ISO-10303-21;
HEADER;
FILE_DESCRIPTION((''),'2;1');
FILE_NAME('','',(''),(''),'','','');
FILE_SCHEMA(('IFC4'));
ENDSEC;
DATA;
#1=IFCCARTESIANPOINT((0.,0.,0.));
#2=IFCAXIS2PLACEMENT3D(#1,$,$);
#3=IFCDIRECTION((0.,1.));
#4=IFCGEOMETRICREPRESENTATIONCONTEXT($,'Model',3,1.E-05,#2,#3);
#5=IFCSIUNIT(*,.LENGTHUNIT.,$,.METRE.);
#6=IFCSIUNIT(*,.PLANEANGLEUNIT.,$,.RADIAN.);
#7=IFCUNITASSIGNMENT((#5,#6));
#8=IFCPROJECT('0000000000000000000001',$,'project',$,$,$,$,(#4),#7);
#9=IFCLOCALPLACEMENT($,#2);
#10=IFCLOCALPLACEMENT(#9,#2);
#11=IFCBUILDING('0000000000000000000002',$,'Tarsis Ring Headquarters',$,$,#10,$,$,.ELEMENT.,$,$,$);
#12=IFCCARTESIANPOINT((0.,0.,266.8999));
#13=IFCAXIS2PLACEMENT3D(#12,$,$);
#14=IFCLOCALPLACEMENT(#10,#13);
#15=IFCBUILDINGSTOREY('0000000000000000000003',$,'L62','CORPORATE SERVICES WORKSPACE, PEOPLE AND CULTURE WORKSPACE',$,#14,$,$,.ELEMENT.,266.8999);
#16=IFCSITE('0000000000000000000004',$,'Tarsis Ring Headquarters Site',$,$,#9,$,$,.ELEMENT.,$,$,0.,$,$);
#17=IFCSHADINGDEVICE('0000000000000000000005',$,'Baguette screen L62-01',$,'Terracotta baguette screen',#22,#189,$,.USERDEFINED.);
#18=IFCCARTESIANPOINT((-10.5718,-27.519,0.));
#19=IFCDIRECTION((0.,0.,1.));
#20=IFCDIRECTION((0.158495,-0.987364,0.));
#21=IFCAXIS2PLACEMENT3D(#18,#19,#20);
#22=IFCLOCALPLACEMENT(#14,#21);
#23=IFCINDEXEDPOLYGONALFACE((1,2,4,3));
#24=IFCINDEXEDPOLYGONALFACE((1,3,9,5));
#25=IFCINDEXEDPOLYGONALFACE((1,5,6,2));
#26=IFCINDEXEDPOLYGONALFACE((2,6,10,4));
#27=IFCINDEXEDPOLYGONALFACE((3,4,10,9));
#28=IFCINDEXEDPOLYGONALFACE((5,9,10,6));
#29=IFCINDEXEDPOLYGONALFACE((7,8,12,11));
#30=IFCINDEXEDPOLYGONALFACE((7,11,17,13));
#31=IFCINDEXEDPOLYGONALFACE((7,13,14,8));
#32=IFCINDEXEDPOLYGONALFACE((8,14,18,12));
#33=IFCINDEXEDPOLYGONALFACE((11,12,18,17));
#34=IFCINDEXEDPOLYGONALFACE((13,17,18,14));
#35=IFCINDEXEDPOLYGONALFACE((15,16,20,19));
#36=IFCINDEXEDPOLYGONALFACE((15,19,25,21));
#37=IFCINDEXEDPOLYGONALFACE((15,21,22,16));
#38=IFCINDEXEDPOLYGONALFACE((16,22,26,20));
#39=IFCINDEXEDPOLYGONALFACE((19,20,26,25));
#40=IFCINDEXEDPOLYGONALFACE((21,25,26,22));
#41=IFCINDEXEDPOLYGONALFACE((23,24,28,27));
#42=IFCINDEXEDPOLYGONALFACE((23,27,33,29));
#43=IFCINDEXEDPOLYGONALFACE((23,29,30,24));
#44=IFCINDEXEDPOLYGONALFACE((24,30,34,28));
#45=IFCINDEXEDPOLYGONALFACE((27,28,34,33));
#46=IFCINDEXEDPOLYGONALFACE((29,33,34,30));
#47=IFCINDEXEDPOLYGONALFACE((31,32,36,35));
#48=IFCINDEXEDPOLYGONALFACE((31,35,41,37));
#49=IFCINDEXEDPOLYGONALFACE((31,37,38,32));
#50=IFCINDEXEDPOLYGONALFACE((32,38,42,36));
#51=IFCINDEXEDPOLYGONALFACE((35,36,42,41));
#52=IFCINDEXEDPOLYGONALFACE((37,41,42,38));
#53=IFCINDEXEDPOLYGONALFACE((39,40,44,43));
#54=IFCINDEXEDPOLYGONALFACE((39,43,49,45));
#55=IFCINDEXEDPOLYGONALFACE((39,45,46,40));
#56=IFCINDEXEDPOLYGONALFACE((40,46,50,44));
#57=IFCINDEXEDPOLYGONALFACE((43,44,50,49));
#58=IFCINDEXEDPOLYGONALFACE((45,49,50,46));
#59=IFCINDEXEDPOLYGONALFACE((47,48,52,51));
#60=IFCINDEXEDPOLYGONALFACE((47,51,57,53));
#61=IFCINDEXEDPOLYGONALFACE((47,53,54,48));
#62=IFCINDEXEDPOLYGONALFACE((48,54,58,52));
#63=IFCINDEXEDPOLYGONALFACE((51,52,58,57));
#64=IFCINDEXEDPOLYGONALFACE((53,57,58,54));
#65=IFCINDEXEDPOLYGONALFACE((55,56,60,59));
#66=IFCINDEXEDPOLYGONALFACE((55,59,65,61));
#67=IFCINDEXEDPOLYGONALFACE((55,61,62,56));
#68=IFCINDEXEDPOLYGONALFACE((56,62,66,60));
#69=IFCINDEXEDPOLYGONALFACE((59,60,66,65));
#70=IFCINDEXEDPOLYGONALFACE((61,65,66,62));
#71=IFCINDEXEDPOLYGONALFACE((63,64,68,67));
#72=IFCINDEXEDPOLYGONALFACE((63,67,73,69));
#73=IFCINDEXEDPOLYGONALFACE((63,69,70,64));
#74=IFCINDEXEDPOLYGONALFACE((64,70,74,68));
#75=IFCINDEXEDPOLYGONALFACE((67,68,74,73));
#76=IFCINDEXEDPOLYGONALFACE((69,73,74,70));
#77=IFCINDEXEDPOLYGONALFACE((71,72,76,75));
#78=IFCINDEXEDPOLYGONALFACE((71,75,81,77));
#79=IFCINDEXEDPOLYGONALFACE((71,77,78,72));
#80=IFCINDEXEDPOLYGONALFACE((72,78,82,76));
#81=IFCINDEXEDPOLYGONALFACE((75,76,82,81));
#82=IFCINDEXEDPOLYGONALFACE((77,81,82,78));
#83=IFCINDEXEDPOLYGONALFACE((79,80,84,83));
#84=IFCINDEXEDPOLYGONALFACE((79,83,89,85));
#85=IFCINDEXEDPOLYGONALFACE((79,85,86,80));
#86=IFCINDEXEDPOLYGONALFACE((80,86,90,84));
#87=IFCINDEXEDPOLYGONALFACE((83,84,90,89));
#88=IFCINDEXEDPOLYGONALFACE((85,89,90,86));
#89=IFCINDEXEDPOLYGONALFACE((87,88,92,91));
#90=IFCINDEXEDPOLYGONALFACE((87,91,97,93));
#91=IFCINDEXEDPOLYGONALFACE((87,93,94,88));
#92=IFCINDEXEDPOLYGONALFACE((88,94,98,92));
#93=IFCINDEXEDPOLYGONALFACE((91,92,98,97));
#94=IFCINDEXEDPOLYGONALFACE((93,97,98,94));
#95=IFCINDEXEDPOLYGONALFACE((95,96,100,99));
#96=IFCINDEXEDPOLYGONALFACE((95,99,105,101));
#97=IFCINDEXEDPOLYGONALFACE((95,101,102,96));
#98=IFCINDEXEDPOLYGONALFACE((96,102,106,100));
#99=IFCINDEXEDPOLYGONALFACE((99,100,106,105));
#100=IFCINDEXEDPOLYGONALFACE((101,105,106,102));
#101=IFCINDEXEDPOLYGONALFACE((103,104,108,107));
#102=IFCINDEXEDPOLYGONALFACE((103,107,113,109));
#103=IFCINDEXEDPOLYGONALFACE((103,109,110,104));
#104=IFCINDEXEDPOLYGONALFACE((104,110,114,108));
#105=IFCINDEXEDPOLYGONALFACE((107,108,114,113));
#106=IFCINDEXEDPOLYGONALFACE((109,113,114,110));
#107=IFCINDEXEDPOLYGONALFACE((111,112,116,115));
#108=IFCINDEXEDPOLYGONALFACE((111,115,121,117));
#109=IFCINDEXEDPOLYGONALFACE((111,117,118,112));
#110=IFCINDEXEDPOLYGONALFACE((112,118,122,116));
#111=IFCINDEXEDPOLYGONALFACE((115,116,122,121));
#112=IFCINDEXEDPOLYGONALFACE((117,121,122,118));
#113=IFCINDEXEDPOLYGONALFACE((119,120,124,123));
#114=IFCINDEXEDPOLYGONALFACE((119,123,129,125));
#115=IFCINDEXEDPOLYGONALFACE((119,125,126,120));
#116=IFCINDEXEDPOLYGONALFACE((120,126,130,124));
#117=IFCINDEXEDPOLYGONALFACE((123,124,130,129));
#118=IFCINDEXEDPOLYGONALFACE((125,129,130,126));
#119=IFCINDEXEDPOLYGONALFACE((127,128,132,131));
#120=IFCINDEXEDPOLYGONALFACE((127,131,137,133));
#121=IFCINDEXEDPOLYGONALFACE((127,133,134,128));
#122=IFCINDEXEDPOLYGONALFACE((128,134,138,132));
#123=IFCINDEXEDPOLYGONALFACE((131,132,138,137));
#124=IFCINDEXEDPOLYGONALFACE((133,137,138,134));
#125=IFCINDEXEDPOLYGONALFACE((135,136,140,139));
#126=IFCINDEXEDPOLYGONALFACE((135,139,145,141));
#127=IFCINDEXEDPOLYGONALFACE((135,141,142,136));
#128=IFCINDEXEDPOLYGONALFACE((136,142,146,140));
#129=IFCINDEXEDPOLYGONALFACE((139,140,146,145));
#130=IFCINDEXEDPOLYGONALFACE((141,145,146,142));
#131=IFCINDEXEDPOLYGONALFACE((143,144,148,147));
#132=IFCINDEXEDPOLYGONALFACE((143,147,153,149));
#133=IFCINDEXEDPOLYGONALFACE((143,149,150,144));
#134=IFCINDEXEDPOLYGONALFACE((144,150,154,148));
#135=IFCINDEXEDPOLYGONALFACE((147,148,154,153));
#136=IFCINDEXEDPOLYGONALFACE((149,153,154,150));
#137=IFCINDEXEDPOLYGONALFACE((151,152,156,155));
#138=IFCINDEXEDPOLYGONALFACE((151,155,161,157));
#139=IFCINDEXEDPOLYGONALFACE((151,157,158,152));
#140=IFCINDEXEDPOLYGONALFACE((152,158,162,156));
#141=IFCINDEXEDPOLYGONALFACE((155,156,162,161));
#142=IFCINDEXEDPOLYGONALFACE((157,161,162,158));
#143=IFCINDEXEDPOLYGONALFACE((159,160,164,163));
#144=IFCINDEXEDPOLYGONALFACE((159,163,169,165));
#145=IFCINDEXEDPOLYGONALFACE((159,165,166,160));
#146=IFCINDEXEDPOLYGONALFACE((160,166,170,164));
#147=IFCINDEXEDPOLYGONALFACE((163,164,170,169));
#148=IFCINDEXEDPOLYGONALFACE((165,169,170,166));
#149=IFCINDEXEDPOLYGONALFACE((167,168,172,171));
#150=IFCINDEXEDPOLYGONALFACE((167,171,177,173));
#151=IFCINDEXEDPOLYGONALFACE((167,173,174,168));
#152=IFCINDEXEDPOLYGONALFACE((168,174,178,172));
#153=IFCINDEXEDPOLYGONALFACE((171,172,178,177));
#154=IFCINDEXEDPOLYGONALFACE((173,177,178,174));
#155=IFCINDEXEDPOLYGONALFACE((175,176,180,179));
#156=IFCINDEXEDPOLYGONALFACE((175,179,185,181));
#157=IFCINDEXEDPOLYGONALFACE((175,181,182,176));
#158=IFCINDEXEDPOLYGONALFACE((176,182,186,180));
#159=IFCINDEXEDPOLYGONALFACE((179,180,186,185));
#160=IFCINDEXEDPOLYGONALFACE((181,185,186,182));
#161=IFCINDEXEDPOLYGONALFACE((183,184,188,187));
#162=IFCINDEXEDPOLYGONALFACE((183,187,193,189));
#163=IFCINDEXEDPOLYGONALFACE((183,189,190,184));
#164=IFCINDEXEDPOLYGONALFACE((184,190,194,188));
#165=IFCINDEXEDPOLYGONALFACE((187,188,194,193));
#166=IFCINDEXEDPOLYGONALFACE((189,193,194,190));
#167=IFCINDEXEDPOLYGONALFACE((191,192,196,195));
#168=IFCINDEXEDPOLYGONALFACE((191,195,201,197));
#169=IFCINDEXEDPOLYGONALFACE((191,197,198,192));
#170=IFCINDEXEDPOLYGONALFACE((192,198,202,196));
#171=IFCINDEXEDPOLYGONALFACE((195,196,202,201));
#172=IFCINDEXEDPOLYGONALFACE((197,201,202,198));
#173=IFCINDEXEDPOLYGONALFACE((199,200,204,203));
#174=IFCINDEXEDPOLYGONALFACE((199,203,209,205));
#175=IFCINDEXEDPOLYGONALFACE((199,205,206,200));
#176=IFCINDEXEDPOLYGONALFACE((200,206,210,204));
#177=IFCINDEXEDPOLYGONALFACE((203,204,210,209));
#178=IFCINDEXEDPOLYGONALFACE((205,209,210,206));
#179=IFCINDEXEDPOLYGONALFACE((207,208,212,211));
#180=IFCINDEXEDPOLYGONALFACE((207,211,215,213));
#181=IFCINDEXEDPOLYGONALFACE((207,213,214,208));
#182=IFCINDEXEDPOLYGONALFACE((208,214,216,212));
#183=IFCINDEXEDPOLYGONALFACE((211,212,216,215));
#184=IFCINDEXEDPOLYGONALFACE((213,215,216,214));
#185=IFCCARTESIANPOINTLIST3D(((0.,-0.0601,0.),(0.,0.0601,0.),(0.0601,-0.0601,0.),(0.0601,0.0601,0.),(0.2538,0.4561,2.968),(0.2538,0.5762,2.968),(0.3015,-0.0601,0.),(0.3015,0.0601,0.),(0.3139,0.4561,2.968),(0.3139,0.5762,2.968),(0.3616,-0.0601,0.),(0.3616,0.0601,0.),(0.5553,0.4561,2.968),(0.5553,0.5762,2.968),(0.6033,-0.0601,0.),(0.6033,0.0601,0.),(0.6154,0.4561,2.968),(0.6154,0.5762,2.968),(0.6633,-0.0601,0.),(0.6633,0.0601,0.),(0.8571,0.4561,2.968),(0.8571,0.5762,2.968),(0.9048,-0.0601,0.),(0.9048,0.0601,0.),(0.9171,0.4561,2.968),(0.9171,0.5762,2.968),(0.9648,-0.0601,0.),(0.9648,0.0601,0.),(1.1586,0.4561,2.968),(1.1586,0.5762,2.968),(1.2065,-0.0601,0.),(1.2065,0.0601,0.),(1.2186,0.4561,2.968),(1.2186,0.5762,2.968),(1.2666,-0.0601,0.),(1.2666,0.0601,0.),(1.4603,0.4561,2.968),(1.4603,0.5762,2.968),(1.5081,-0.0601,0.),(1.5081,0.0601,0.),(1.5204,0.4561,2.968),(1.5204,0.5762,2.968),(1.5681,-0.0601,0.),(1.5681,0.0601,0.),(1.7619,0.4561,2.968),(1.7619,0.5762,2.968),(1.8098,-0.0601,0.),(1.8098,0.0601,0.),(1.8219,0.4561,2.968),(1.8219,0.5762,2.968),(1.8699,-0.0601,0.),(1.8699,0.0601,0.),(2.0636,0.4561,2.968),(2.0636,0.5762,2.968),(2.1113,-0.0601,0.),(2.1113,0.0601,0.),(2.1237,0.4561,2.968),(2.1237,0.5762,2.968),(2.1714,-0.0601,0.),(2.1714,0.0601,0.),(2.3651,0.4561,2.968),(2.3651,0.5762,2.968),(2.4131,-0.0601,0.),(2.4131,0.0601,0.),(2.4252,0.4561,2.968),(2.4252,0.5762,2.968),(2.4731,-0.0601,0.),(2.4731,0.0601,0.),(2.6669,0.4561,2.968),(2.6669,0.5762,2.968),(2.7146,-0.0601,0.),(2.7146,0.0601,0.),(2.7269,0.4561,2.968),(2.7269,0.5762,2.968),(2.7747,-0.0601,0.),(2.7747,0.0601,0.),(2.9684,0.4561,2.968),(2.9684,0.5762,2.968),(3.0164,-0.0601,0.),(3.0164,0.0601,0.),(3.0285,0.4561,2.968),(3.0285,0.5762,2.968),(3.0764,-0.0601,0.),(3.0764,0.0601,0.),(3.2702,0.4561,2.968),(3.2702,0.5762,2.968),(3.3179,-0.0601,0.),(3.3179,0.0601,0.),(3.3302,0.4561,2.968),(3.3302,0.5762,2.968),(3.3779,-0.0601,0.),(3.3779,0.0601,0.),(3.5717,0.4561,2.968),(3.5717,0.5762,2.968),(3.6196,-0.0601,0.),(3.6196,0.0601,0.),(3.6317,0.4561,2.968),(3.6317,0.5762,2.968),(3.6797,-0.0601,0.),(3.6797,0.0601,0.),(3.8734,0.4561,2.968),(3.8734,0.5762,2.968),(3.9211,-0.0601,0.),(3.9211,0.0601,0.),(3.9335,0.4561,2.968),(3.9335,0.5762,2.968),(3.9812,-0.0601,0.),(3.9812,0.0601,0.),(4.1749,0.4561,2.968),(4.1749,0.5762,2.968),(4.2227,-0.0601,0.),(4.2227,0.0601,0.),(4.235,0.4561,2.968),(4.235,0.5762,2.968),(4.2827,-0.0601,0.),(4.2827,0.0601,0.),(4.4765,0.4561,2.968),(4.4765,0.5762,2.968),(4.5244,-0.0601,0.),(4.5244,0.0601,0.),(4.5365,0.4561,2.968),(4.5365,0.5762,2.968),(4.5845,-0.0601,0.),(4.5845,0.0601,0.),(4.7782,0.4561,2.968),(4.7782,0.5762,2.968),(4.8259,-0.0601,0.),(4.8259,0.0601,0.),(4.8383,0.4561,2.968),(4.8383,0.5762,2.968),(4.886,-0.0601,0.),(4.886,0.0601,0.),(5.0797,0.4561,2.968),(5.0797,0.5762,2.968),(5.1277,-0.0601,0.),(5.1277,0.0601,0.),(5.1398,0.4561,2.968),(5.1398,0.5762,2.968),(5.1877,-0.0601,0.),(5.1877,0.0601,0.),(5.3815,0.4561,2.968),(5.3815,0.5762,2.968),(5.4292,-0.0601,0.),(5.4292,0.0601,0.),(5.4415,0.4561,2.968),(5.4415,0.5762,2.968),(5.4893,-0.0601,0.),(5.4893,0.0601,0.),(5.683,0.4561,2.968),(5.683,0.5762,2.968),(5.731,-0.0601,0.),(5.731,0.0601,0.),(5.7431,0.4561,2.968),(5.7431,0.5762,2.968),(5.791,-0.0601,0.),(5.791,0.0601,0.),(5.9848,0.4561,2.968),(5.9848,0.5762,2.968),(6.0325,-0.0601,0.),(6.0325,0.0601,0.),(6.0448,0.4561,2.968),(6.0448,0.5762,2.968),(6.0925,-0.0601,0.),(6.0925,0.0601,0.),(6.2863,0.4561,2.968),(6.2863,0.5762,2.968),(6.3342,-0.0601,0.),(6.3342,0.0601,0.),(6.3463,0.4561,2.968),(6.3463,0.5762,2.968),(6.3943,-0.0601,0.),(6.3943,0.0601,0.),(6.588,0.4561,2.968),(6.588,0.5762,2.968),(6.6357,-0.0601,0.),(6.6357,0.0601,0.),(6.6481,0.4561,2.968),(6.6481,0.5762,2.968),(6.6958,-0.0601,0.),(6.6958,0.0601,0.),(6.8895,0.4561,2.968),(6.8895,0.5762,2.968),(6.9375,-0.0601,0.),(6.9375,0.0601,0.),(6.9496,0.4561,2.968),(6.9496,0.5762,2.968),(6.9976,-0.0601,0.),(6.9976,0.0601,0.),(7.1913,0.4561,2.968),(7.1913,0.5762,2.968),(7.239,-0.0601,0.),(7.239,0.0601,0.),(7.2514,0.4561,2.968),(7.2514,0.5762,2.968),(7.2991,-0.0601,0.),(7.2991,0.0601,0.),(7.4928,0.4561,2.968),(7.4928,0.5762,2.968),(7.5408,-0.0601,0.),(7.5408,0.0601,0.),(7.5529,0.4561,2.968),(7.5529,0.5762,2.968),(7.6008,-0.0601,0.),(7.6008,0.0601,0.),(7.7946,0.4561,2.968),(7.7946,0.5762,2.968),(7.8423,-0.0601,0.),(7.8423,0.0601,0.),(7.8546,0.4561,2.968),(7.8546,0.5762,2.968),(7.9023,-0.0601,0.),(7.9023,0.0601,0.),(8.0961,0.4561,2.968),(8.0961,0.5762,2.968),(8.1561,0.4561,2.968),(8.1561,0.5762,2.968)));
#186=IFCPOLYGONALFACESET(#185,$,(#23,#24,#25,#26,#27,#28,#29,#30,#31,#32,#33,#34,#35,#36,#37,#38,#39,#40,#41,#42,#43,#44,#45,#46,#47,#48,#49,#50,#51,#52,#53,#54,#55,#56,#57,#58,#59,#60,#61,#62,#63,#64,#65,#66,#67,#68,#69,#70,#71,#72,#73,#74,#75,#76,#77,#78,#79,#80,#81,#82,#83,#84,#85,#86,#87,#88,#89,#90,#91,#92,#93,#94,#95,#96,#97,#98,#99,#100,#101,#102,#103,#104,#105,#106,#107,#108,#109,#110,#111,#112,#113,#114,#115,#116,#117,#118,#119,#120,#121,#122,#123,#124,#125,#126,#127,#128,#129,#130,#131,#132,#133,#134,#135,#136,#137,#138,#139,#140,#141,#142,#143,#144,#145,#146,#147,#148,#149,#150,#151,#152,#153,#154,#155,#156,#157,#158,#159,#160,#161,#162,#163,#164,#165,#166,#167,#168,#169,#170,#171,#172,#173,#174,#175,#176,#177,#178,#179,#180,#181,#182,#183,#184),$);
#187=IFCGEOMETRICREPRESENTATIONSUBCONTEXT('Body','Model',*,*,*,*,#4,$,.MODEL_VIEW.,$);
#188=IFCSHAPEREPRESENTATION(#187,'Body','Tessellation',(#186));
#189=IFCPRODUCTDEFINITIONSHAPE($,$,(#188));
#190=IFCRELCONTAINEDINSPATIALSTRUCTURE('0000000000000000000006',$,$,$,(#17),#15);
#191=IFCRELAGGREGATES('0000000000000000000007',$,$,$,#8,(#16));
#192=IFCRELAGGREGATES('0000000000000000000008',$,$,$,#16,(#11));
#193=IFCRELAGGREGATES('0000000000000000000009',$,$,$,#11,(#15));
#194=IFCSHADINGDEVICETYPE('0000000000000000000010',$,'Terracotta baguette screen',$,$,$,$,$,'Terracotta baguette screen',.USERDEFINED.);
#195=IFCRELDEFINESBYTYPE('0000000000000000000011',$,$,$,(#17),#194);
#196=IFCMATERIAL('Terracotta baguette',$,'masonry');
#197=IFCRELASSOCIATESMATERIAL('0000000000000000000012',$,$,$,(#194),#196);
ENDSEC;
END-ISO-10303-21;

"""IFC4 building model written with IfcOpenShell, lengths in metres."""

from ifc_helpers import new_model, si_unit, direction, frame, frame_2d, origin, place, context, subcontext, project, spatial, rectangle, composite_profile, extrude, material, type_object, element, save


model = new_model("IFC4")

# Units and contexts
model_context = context("Model", 3, precision=1e-05, world=origin(), true_north=direction((0.0, 1.0)))
body_context = subcontext(model_context, "Body", "Model", "MODEL_VIEW")
ifc_project = project(units=[si_unit("LENGTHUNIT", "METRE"), si_unit("PLANEANGLEUNIT", "RADIAN")], contexts=[model_context])

# Site, building, storey
site_placement = place(None, origin())
site = spatial("IfcSite", under=ifc_project, at=site_placement, Name="Tarsis Ring Headquarters Site", CompositionType="ELEMENT", RefElevation=0.0)
building_placement = place(site_placement, origin())
building = spatial("IfcBuilding", under=site, at=building_placement, Name="Tarsis Ring Headquarters", CompositionType="ELEMENT")
storey_placement = place(building_placement, frame((0.0, 0.0, 266.8999)))
storey = spatial("IfcBuildingStorey", under=building, at=storey_placement, Name="L62", Description="CORPORATE SERVICES WORKSPACE, PEOPLE AND CULTURE WORKSPACE", CompositionType="ELEMENT", Elevation=266.8999)

# Shading device
ifc_material_1 = material(Name="Terracotta baguette", Category="masonry")
shading_device_type_1 = type_object("IfcShadingDeviceType", Name="Terracotta baguette screen", ElementType="Terracotta baguette screen", PredefinedType="USERDEFINED", material=ifc_material_1)
shading_device_1_placement = place(storey_placement, frame((-10.5718, -27.519, 0.0), z_axis=(0.0, 0.0, 1.0), x_axis=(0.158495, -0.987364, 0.0)))
element("IfcShadingDevice", 1, at=shading_device_1_placement, inside=storey, type_object=shading_device_type_1, Name="Baguette screen L62-01", ObjectType="Terracotta baguette screen", PredefinedType="USERDEFINED", context=body_context, shape_type="SweptSolid", body=[
    extrude(composite_profile([rectangle(XDim=0.0601, YDim=0.1201, at=frame_2d((0.03, 0.0))), rectangle(XDim=0.0601, YDim=0.1201, at=frame_2d((0.3315, 0.0))), rectangle(XDim=0.0601, YDim=0.1201, at=frame_2d((0.6333, 0.0))), rectangle(XDim=0.0601, YDim=0.1201, at=frame_2d((0.9348, 0.0))), rectangle(XDim=0.0601, YDim=0.1201, at=frame_2d((1.2366, 0.0))), rectangle(XDim=0.0601, YDim=0.1201, at=frame_2d((1.5381, 0.0))), rectangle(XDim=0.0601, YDim=0.1201, at=frame_2d((1.8398, 0.0))), rectangle(XDim=0.0601, YDim=0.1201, at=frame_2d((2.1414, 0.0))), rectangle(XDim=0.0601, YDim=0.1201, at=frame_2d((2.4431, 0.0))), rectangle(XDim=0.0601, YDim=0.1201, at=frame_2d((2.7446, 0.0))), rectangle(XDim=0.0601, YDim=0.1201, at=frame_2d((3.0464, 0.0))), rectangle(XDim=0.0601, YDim=0.1201, at=frame_2d((3.3479, 0.0))), rectangle(XDim=0.0601, YDim=0.1201, at=frame_2d((3.6497, 0.0))), rectangle(XDim=0.0601, YDim=0.1201, at=frame_2d((3.9512, 0.0))), rectangle(XDim=0.0601, YDim=0.1201, at=frame_2d((4.2527, 0.0))), rectangle(XDim=0.0601, YDim=0.1201, at=frame_2d((4.5544, 0.0))), rectangle(XDim=0.0601, YDim=0.1201, at=frame_2d((4.856, 0.0))), rectangle(XDim=0.0601, YDim=0.1201, at=frame_2d((5.1577, 0.0))), rectangle(XDim=0.0601, YDim=0.1201, at=frame_2d((5.4592, 0.0))), rectangle(XDim=0.0601, YDim=0.1201, at=frame_2d((5.761, 0.0))), rectangle(XDim=0.0601, YDim=0.1201, at=frame_2d((6.0625, 0.0))), rectangle(XDim=0.0601, YDim=0.1201, at=frame_2d((6.3643, 0.0))), rectangle(XDim=0.0601, YDim=0.1201, at=frame_2d((6.6658, 0.0))), rectangle(XDim=0.0601, YDim=0.1201, at=frame_2d((6.9675, 0.0))), rectangle(XDim=0.0601, YDim=0.1201, at=frame_2d((7.269, 0.0))), rectangle(XDim=0.0601, YDim=0.1201, at=frame_2d((7.5708, 0.0))), rectangle(XDim=0.0601, YDim=0.1201, at=frame_2d((7.8723, 0.0)))]), origin(), (0.083952, 0.170735, 0.981734), 3.0232),
])

save(model, "model.ifc")
